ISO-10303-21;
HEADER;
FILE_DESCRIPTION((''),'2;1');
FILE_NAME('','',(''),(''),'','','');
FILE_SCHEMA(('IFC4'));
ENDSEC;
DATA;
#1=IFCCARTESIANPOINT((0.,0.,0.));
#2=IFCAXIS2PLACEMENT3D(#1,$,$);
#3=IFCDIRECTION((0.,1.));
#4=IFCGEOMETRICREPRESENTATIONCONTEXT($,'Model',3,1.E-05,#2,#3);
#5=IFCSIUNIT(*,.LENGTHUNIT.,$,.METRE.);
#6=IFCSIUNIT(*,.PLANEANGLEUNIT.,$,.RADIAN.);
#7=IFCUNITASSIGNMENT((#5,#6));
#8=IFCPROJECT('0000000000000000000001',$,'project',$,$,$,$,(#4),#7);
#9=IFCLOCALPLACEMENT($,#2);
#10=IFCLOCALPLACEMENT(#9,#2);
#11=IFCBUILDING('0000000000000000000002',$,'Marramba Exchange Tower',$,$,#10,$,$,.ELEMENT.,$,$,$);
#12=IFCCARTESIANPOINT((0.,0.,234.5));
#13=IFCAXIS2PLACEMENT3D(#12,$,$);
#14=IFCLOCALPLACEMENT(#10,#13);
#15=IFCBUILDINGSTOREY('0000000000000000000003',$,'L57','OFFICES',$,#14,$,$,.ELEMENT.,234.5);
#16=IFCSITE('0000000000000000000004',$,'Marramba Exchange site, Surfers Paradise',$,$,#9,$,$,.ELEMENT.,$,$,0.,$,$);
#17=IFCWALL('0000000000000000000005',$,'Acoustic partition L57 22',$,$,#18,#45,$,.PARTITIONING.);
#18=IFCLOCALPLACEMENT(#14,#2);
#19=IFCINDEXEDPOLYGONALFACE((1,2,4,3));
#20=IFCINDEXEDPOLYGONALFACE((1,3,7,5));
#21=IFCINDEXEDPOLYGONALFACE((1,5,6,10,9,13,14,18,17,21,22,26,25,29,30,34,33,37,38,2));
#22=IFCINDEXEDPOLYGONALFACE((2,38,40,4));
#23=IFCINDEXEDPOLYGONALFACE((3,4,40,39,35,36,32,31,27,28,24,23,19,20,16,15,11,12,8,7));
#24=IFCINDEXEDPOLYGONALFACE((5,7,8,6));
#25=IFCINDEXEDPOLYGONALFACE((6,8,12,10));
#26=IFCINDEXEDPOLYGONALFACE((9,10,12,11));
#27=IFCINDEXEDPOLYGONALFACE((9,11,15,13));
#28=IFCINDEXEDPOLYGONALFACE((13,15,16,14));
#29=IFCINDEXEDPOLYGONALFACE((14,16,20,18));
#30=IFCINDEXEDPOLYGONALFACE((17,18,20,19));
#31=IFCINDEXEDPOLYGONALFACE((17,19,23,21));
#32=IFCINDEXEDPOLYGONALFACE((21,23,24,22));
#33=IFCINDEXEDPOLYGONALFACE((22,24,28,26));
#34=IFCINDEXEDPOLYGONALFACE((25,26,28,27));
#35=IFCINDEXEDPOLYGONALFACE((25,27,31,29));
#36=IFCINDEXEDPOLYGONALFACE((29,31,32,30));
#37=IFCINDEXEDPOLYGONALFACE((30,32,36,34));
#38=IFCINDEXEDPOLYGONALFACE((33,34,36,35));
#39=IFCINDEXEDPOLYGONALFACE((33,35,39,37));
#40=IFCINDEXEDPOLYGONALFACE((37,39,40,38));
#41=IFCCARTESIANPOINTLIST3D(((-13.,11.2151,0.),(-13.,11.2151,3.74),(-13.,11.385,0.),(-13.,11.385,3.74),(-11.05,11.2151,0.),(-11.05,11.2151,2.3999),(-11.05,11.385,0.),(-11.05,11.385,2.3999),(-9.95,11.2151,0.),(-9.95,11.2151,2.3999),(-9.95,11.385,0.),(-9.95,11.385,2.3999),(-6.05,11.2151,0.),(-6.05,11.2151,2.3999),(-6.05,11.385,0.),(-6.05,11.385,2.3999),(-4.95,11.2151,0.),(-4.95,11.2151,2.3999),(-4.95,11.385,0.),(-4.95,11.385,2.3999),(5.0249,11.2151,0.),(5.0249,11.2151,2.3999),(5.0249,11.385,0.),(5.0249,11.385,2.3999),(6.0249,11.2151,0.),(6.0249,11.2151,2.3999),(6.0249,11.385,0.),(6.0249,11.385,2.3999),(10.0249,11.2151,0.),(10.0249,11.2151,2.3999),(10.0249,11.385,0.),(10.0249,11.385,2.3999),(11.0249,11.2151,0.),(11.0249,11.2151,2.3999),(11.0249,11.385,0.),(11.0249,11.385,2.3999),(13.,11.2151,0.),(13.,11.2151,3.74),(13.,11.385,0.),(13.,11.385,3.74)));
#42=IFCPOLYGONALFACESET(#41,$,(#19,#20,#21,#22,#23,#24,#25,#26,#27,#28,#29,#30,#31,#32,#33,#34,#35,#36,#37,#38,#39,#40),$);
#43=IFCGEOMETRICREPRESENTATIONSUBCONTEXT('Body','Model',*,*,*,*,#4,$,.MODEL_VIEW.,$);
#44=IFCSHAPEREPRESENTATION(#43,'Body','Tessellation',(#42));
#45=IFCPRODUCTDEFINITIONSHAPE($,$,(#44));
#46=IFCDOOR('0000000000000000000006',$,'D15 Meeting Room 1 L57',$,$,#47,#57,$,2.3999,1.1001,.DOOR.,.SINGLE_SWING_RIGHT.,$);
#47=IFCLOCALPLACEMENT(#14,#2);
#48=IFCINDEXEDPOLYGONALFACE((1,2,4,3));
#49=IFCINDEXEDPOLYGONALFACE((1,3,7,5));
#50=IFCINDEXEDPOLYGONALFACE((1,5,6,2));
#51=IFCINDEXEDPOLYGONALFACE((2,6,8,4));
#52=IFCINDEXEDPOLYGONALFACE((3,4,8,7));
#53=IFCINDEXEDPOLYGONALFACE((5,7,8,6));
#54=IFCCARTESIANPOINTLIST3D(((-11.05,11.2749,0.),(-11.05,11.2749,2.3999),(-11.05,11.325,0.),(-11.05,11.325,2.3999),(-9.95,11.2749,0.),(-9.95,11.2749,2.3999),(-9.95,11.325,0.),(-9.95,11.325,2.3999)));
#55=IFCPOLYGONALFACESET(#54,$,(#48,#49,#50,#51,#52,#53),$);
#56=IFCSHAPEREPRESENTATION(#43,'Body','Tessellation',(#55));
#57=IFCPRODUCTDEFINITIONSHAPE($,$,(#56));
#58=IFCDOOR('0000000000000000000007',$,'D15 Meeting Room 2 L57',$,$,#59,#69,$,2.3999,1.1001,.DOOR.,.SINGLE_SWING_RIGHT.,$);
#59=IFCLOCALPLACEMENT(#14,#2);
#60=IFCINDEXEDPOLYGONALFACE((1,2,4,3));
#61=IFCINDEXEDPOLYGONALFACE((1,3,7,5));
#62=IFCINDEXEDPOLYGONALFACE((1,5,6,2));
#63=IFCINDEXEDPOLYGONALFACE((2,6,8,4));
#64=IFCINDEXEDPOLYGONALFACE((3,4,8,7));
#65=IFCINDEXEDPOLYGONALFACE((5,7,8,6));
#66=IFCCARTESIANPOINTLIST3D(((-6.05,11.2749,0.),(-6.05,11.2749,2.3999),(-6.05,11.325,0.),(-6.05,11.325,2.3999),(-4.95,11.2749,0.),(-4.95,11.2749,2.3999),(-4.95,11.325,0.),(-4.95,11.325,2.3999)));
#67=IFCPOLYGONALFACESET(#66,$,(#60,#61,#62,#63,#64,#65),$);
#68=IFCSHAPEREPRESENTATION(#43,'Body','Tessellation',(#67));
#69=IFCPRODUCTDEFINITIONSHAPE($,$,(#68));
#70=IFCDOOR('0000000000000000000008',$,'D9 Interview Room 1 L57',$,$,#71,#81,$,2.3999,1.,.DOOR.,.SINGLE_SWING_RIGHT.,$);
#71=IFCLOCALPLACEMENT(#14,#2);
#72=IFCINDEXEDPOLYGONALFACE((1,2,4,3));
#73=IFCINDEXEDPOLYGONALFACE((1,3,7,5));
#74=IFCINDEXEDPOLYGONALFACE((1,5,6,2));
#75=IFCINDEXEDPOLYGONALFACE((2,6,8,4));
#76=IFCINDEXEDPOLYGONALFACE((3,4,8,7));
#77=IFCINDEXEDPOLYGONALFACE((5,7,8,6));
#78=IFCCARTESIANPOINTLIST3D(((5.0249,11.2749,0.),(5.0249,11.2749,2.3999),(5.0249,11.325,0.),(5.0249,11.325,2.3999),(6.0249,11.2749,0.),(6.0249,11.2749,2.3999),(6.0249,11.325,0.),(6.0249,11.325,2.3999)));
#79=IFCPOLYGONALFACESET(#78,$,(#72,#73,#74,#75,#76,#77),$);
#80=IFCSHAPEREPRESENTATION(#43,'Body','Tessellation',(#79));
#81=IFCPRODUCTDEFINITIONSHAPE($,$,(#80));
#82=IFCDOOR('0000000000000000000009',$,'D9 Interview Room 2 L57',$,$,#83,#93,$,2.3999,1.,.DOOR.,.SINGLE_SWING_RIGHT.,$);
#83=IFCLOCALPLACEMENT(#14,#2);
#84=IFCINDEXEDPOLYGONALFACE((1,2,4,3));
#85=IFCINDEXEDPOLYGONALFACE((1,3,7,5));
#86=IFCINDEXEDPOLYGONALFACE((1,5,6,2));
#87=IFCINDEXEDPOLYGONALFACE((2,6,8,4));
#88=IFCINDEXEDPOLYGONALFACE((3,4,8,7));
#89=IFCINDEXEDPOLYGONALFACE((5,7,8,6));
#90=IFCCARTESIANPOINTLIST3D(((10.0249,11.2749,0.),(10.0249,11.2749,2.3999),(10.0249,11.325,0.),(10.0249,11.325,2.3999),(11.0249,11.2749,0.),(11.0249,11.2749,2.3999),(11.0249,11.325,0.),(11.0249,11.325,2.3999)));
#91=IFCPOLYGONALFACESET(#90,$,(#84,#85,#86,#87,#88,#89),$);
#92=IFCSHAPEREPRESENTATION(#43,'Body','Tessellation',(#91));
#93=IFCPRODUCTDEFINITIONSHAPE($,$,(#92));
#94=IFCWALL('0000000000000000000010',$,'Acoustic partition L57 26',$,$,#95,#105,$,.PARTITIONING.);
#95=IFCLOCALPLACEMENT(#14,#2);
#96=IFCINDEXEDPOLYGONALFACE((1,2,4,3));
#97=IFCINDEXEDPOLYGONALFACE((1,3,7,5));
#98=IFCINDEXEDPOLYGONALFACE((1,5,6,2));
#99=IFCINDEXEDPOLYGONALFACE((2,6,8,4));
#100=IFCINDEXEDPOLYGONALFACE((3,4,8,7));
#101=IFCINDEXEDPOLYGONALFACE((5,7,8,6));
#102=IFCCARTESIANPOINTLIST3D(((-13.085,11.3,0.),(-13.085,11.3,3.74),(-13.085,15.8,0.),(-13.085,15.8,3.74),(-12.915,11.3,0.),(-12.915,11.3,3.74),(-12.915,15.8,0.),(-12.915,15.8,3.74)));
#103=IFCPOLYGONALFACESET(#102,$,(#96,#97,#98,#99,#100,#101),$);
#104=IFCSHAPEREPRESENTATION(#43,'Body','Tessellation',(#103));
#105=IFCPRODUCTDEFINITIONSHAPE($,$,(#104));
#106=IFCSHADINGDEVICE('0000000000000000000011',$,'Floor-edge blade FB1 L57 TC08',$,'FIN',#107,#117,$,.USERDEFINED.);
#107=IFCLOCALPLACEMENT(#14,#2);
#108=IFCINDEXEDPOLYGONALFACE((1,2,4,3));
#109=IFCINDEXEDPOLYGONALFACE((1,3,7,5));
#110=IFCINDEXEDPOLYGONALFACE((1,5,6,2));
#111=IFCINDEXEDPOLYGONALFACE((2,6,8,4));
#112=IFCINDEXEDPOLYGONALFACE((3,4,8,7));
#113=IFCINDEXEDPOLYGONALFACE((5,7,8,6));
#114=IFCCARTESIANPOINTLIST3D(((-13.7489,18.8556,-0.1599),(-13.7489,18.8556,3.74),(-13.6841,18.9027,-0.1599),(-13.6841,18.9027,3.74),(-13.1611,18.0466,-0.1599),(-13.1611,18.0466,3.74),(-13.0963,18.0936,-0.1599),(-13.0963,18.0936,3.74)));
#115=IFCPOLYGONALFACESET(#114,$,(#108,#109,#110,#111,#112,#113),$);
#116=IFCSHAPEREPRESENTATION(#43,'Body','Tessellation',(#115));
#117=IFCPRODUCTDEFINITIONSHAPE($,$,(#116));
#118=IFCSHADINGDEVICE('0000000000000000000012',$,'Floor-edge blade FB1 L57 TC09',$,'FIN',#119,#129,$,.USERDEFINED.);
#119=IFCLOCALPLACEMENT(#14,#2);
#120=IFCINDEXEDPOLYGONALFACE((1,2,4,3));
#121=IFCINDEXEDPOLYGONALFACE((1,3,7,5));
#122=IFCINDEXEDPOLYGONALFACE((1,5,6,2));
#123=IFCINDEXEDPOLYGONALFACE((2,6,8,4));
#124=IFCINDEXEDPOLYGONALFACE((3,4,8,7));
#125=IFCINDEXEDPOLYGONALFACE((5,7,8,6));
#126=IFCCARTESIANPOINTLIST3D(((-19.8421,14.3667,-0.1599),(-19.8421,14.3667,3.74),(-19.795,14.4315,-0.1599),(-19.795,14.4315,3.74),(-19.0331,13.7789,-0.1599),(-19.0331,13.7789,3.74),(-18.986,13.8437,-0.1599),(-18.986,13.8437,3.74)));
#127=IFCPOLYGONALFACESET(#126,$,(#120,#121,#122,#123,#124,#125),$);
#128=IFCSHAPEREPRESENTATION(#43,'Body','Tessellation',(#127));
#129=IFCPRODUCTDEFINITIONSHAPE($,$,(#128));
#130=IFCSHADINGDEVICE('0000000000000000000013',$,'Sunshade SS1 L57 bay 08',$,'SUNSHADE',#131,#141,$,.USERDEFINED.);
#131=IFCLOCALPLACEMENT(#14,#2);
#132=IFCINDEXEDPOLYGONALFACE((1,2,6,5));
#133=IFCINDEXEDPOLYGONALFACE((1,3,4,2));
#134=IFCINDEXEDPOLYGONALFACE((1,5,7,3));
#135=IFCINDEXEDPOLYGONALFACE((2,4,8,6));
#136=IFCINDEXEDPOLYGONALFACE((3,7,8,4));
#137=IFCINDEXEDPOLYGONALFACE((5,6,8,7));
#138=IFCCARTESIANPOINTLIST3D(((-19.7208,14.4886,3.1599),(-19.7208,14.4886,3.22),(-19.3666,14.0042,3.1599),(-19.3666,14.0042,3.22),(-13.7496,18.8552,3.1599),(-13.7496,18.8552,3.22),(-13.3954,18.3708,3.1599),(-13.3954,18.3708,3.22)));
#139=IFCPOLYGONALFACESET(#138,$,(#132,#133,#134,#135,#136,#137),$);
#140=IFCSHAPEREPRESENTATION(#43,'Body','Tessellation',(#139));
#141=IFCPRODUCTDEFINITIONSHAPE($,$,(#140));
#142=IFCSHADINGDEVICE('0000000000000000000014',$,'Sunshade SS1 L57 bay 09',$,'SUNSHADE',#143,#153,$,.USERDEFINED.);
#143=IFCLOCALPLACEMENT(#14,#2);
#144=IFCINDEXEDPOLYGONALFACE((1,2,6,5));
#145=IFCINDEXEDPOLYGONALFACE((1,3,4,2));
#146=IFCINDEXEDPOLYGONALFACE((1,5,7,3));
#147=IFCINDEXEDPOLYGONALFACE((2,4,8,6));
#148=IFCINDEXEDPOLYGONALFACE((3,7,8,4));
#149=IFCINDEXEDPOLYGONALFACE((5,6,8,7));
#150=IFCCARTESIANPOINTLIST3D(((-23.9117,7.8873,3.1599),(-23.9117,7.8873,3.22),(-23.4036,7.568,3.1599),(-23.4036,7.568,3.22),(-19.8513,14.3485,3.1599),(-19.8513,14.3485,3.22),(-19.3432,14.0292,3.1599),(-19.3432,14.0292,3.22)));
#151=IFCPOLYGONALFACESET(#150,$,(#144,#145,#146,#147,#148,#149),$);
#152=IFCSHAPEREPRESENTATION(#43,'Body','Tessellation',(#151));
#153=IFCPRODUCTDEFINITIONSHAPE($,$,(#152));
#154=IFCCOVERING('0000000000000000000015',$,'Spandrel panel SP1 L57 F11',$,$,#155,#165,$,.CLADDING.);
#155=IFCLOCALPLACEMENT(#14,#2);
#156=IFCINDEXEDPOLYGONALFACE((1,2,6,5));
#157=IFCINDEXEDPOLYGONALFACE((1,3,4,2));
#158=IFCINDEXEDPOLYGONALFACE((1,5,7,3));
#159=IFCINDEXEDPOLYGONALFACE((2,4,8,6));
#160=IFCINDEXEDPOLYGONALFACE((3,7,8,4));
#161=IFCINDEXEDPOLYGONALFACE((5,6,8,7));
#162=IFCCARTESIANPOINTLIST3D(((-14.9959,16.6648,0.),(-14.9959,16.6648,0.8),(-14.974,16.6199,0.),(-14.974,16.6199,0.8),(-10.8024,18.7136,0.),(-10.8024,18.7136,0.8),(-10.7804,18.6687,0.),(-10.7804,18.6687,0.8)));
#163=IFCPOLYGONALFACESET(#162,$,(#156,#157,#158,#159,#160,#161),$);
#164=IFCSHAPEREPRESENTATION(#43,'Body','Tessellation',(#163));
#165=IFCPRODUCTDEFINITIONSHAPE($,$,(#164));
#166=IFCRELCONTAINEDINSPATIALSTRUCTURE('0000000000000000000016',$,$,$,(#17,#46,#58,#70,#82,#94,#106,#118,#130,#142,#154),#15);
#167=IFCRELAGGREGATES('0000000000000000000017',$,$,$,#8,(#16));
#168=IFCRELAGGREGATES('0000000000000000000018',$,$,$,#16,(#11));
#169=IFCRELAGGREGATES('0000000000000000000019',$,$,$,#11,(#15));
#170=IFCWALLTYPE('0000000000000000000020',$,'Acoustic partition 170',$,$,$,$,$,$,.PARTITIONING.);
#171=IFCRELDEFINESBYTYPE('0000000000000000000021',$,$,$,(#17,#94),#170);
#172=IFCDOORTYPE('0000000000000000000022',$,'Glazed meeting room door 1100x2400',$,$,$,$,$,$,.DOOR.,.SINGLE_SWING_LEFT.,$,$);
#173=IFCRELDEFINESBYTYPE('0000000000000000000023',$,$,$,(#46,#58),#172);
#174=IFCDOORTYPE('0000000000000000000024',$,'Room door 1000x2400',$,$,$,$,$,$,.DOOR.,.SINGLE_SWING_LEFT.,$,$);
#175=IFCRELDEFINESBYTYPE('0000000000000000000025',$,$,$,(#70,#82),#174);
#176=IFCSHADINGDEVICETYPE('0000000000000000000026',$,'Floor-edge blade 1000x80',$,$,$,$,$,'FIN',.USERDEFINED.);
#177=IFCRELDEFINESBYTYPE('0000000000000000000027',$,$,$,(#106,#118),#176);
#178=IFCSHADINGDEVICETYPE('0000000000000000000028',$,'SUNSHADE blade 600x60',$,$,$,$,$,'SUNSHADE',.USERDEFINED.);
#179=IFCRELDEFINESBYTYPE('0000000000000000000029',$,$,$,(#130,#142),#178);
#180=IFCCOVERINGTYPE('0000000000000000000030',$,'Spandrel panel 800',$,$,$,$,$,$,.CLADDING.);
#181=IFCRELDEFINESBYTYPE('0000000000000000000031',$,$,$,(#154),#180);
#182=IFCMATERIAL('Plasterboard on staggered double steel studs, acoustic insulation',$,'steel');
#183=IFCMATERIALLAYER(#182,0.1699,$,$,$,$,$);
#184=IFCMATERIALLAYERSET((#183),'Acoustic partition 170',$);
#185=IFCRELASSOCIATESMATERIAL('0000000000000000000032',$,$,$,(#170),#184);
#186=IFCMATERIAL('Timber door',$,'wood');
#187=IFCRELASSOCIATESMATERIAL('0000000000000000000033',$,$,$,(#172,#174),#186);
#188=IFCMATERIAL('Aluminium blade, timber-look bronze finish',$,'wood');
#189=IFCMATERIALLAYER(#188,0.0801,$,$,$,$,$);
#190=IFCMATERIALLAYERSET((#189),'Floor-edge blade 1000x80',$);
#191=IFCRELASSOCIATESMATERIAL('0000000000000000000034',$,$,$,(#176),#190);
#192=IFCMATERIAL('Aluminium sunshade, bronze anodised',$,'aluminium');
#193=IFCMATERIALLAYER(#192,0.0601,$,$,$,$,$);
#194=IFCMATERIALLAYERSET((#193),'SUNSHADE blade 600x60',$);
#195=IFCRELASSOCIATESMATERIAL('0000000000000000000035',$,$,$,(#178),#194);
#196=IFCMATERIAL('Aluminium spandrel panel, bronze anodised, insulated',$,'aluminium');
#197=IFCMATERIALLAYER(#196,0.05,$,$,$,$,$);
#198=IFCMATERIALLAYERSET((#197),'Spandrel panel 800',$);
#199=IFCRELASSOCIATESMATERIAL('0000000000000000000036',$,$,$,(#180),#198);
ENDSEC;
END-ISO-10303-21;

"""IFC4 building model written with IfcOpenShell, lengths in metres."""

from ifc_helpers import new_model, si_unit, direction, frame, frame_2d, origin, origin_2d, place, context, subcontext, project, spatial, rectangle, extrude, material, layer, layer_set, type_object, element, fill, save


model = new_model("IFC4")

# Units and contexts
model_context = context("Model", 3, precision=1e-05, world=origin(), true_north=direction((0.0, 1.0)))
body_context = subcontext(model_context, "Body", "Model", "MODEL_VIEW")
ifc_project = project(units=[si_unit("LENGTHUNIT", "METRE"), si_unit("PLANEANGLEUNIT", "RADIAN")], contexts=[model_context])

# Site, building, storey
site_placement = place(None, origin())
site = spatial("IfcSite", under=ifc_project, at=site_placement, Name="Marramba Exchange site, Surfers Paradise", CompositionType="ELEMENT", RefElevation=0.0)
building_placement = place(site_placement, origin())
building = spatial("IfcBuilding", under=site, at=building_placement, Name="Marramba Exchange Tower", CompositionType="ELEMENT")
storey_placement = place(building_placement, frame((0.0, 0.0, 234.5)))
storey = spatial("IfcBuildingStorey", under=building, at=storey_placement, Name="L57", Description="OFFICES", CompositionType="ELEMENT", Elevation=234.5)

# Wall, openings, doors
ifc_material_1 = material(Name="Plasterboard on staggered double steel studs, acoustic insulation", Category="steel")
ifc_layer_1 = layer(ifc_material_1, 0.1699)
ifc_layer_set_1 = layer_set([ifc_layer_1], Name="Acoustic partition 170")
wall_type = type_object("IfcWallType", Name="Acoustic partition 170", PredefinedType="PARTITIONING", material=ifc_layer_set_1)
wall_1_placement = place(storey_placement, frame((-13.0, 11.3, 0.0), z_axis=(0.0, 0.0, 1.0), x_axis=(1.0, 0.0, 0.0)))
wall_1 = element("IfcWall", 1, at=wall_1_placement, inside=storey, type_object=wall_type, Name="Acoustic partition L57 22", PredefinedType="PARTITIONING", context=body_context, shape_type="SweptSolid", body=[
    extrude(rectangle(XDim=26.0, YDim=0.1699, at=frame_2d((13.0, 0.0))), origin(), (0.0, 0.0, 1.0), 3.74),
])
opening_1_placement = place(wall_1_placement, frame((1.95, 0.0, 0.0)))
opening_1 = element("IfcOpeningElement", 2, at=opening_1_placement, cuts=wall_1, PredefinedType="OPENING", context=body_context, shape_type="SweptSolid", body=[
    extrude(rectangle(XDim=1.1001, YDim=2.3999, at=frame_2d((0.55, 1.2))), frame((0.0, 0.095, 0.0), z_axis=(0.0, -1.0, 0.0), x_axis=(1.0, 0.0, 0.0)), (0.0, 0.0, 1.0), 0.1899),
])
opening_2_placement = place(wall_1_placement, frame((6.95, 0.0, 0.0)))
opening_2 = element("IfcOpeningElement", 3, at=opening_2_placement, cuts=wall_1, PredefinedType="OPENING", context=body_context, shape_type="SweptSolid", body=[
    extrude(rectangle(XDim=1.1001, YDim=2.3999, at=frame_2d((0.55, 1.2))), frame((0.0, 0.095, 0.0), z_axis=(0.0, -1.0, 0.0), x_axis=(1.0, 0.0, 0.0)), (0.0, 0.0, 1.0), 0.1899),
])
opening_3_placement = place(wall_1_placement, frame((18.0249, 0.0, 0.0)))
opening_3 = element("IfcOpeningElement", 4, at=opening_3_placement, cuts=wall_1, PredefinedType="OPENING", context=body_context, shape_type="SweptSolid", body=[
    extrude(rectangle(XDim=1.0, YDim=2.3999, at=frame_2d((0.5, 1.2))), frame((0.0, 0.095, 0.0), z_axis=(0.0, -1.0, 0.0), x_axis=(1.0, 0.0, 0.0)), (0.0, 0.0, 1.0), 0.1899),
])
opening_4_placement = place(wall_1_placement, frame((23.0249, 0.0, 0.0)))
opening_4 = element("IfcOpeningElement", 5, at=opening_4_placement, cuts=wall_1, PredefinedType="OPENING", context=body_context, shape_type="SweptSolid", body=[
    extrude(rectangle(XDim=1.0, YDim=2.3999, at=frame_2d((0.5, 1.2))), frame((0.0, 0.095, 0.0), z_axis=(0.0, -1.0, 0.0), x_axis=(1.0, 0.0, 0.0)), (0.0, 0.0, 1.0), 0.1899),
])
ifc_material_2 = material(Name="Timber door", Category="wood")
door_type_1 = type_object("IfcDoorType", Name="Glazed meeting room door 1100x2400", OperationType="SINGLE_SWING_LEFT", PredefinedType="DOOR", material=ifc_material_2)
door_1_placement = place(opening_1_placement, origin())
door_1 = element("IfcDoor", 6, at=door_1_placement, inside=storey, type_object=door_type_1, Name="D15 Meeting Room 1 L57", OperationType="SINGLE_SWING_RIGHT", OverallHeight=2.3999, OverallWidth=1.1001, PredefinedType="DOOR", context=body_context, shape_type="SweptSolid", body=[
    extrude(rectangle(XDim=1.1001, YDim=2.3999, at=frame_2d((0.55, 1.2))), frame((0.0, 0.0249, 0.0), z_axis=(0.0, -1.0, 0.0), x_axis=(1.0, 0.0, 0.0)), (0.0, 0.0, 1.0), 0.05),
])
fill(opening_1, door_1)
door_2_placement = place(opening_2_placement, origin())
door_2 = element("IfcDoor", 7, at=door_2_placement, inside=storey, type_object=door_type_1, Name="D15 Meeting Room 2 L57", OperationType="SINGLE_SWING_RIGHT", OverallHeight=2.3999, OverallWidth=1.1001, PredefinedType="DOOR", context=body_context, shape_type="SweptSolid", body=[
    extrude(rectangle(XDim=1.1001, YDim=2.3999, at=frame_2d((0.55, 1.2))), frame((0.0, 0.0249, 0.0), z_axis=(0.0, -1.0, 0.0), x_axis=(1.0, 0.0, 0.0)), (0.0, 0.0, 1.0), 0.05),
])
fill(opening_2, door_2)
door_type_2 = type_object("IfcDoorType", Name="Room door 1000x2400", OperationType="SINGLE_SWING_LEFT", PredefinedType="DOOR", material=ifc_material_2)
door_3_placement = place(opening_3_placement, origin())
door_3 = element("IfcDoor", 8, at=door_3_placement, inside=storey, type_object=door_type_2, Name="D9 Interview Room 1 L57", OperationType="SINGLE_SWING_RIGHT", OverallHeight=2.3999, OverallWidth=1.0, PredefinedType="DOOR", context=body_context, shape_type="SweptSolid", body=[
    extrude(rectangle(XDim=1.0, YDim=2.3999, at=frame_2d((0.5, 1.2))), frame((0.0, 0.0249, 0.0), z_axis=(0.0, -1.0, 0.0), x_axis=(1.0, 0.0, 0.0)), (0.0, 0.0, 1.0), 0.05),
])
fill(opening_3, door_3)
door_4_placement = place(opening_4_placement, origin())
door_4 = element("IfcDoor", 9, at=door_4_placement, inside=storey, type_object=door_type_2, Name="D9 Interview Room 2 L57", OperationType="SINGLE_SWING_RIGHT", OverallHeight=2.3999, OverallWidth=1.0, PredefinedType="DOOR", context=body_context, shape_type="SweptSolid", body=[
    extrude(rectangle(XDim=1.0, YDim=2.3999, at=frame_2d((0.5, 1.2))), frame((0.0, 0.0249, 0.0), z_axis=(0.0, -1.0, 0.0), x_axis=(1.0, 0.0, 0.0)), (0.0, 0.0, 1.0), 0.05),
])
fill(opening_4, door_4)

# Wall
wall_2_placement = place(storey_placement, frame((-13.0, 15.8, 0.0), z_axis=(0.0, 0.0, 1.0), x_axis=(0.0, -1.0, 0.0)))
element("IfcWall", 10, at=wall_2_placement, inside=storey, type_object=wall_type, Name="Acoustic partition L57 26", PredefinedType="PARTITIONING", context=body_context, shape_type="SweptSolid", body=[
    extrude(rectangle(XDim=4.5, YDim=0.1699, at=frame_2d((2.25, 0.0))), origin(), (0.0, 0.0, 1.0), 3.74),
])

# Shading devices
ifc_material_3 = material(Name="Aluminium blade, timber-look bronze finish", Category="wood")
ifc_layer_2 = layer(ifc_material_3, 0.0801)
ifc_layer_set_2 = layer_set([ifc_layer_2], Name="Floor-edge blade 1000x80")
shading_device_type_1 = type_object("IfcShadingDeviceType", Name="Floor-edge blade 1000x80", ElementType="FIN", PredefinedType="USERDEFINED", material=ifc_layer_set_2)
for number, where, z_axis, x_axis, name in (
    (11, (-13.4226, 18.4746, -0.1599), (0.0, 0.0, 1.0), (-0.587785, 0.809017, 0.0), "Floor-edge blade FB1 L57 TC08"),
    (12, (-19.4141, 14.1052, -0.1599), (0.0, 0.0, 1.0), (-0.809017, 0.587785, 0.0), "Floor-edge blade FB1 L57 TC09"),
):
    element("IfcShadingDevice", number, at=place(storey_placement, frame(where, z_axis=z_axis, x_axis=x_axis)), inside=storey, type_object=shading_device_type_1, Name=name, ObjectType="FIN", PredefinedType="USERDEFINED", context=body_context, shape_type="SweptSolid", body=[
        extrude(rectangle(XDim=1.0, YDim=0.0801, at=origin_2d()), origin(), (0.0, 0.0, 1.0), 3.8999),
    ])
ifc_material_4 = material(Name="Aluminium sunshade, bronze anodised", Category="aluminium")
ifc_layer_3 = layer(ifc_material_4, 0.0601)
ifc_layer_set_3 = layer_set([ifc_layer_3], Name="SUNSHADE blade 600x60")
shading_device_type_2 = type_object("IfcShadingDeviceType", Name="SUNSHADE blade 600x60", ElementType="SUNSHADE", PredefinedType="USERDEFINED", material=ifc_layer_set_3)
shading_device_1_placement = place(storey_placement, frame((-16.5581, 16.4297, 3.1599), z_axis=(0.0, 0.0, 1.0), x_axis=(-0.807194, -0.590286, 0.0)))
element("IfcShadingDevice", 13, at=shading_device_1_placement, inside=storey, type_object=shading_device_type_2, Name="Sunshade SS1 L57 bay 08", ObjectType="SUNSHADE", PredefinedType="USERDEFINED", context=body_context, shape_type="SweptSolid", body=[
    extrude(rectangle(XDim=7.3975, YDim=0.6001, at=origin_2d()), origin(), (0.0, 0.0, 1.0), 0.0601),
])
shading_device_2_placement = place(storey_placement, frame((-21.6274, 10.9583, 3.1599), z_axis=(0.0, 0.0, 1.0), x_axis=(-0.532082, -0.846693, 0.0)))
element("IfcShadingDevice", 14, at=shading_device_2_placement, inside=storey, type_object=shading_device_type_2, Name="Sunshade SS1 L57 bay 09", ObjectType="SUNSHADE", PredefinedType="USERDEFINED", context=body_context, shape_type="SweptSolid", body=[
    extrude(rectangle(XDim=7.6311, YDim=0.6001, at=origin_2d()), origin(), (0.0, 0.0, 1.0), 0.0601),
])

# Covering
ifc_material_5 = material(Name="Aluminium spandrel panel, bronze anodised, insulated", Category="aluminium")
ifc_layer_4 = layer(ifc_material_5, 0.05)
ifc_layer_set_4 = layer_set([ifc_layer_4], Name="Spandrel panel 800")
covering_type = type_object("IfcCoveringType", Name="Spandrel panel 800", PredefinedType="CLADDING", material=ifc_layer_set_4)
covering_1_placement = place(storey_placement, frame((-12.8882, 17.6667, 0.0), z_axis=(0.0, 0.0, 1.0), x_axis=(-0.898501, -0.438972, 0.0)))
element("IfcCovering", 15, at=covering_1_placement, inside=storey, type_object=covering_type, Name="Spandrel panel SP1 L57 F11", PredefinedType="CLADDING", context=body_context, shape_type="SweptSolid", body=[
    extrude(rectangle(XDim=4.6672, YDim=0.05, at=origin_2d()), origin(), (0.0, 0.0, 1.0), 0.8),
])

save(model, "model.ifc")
